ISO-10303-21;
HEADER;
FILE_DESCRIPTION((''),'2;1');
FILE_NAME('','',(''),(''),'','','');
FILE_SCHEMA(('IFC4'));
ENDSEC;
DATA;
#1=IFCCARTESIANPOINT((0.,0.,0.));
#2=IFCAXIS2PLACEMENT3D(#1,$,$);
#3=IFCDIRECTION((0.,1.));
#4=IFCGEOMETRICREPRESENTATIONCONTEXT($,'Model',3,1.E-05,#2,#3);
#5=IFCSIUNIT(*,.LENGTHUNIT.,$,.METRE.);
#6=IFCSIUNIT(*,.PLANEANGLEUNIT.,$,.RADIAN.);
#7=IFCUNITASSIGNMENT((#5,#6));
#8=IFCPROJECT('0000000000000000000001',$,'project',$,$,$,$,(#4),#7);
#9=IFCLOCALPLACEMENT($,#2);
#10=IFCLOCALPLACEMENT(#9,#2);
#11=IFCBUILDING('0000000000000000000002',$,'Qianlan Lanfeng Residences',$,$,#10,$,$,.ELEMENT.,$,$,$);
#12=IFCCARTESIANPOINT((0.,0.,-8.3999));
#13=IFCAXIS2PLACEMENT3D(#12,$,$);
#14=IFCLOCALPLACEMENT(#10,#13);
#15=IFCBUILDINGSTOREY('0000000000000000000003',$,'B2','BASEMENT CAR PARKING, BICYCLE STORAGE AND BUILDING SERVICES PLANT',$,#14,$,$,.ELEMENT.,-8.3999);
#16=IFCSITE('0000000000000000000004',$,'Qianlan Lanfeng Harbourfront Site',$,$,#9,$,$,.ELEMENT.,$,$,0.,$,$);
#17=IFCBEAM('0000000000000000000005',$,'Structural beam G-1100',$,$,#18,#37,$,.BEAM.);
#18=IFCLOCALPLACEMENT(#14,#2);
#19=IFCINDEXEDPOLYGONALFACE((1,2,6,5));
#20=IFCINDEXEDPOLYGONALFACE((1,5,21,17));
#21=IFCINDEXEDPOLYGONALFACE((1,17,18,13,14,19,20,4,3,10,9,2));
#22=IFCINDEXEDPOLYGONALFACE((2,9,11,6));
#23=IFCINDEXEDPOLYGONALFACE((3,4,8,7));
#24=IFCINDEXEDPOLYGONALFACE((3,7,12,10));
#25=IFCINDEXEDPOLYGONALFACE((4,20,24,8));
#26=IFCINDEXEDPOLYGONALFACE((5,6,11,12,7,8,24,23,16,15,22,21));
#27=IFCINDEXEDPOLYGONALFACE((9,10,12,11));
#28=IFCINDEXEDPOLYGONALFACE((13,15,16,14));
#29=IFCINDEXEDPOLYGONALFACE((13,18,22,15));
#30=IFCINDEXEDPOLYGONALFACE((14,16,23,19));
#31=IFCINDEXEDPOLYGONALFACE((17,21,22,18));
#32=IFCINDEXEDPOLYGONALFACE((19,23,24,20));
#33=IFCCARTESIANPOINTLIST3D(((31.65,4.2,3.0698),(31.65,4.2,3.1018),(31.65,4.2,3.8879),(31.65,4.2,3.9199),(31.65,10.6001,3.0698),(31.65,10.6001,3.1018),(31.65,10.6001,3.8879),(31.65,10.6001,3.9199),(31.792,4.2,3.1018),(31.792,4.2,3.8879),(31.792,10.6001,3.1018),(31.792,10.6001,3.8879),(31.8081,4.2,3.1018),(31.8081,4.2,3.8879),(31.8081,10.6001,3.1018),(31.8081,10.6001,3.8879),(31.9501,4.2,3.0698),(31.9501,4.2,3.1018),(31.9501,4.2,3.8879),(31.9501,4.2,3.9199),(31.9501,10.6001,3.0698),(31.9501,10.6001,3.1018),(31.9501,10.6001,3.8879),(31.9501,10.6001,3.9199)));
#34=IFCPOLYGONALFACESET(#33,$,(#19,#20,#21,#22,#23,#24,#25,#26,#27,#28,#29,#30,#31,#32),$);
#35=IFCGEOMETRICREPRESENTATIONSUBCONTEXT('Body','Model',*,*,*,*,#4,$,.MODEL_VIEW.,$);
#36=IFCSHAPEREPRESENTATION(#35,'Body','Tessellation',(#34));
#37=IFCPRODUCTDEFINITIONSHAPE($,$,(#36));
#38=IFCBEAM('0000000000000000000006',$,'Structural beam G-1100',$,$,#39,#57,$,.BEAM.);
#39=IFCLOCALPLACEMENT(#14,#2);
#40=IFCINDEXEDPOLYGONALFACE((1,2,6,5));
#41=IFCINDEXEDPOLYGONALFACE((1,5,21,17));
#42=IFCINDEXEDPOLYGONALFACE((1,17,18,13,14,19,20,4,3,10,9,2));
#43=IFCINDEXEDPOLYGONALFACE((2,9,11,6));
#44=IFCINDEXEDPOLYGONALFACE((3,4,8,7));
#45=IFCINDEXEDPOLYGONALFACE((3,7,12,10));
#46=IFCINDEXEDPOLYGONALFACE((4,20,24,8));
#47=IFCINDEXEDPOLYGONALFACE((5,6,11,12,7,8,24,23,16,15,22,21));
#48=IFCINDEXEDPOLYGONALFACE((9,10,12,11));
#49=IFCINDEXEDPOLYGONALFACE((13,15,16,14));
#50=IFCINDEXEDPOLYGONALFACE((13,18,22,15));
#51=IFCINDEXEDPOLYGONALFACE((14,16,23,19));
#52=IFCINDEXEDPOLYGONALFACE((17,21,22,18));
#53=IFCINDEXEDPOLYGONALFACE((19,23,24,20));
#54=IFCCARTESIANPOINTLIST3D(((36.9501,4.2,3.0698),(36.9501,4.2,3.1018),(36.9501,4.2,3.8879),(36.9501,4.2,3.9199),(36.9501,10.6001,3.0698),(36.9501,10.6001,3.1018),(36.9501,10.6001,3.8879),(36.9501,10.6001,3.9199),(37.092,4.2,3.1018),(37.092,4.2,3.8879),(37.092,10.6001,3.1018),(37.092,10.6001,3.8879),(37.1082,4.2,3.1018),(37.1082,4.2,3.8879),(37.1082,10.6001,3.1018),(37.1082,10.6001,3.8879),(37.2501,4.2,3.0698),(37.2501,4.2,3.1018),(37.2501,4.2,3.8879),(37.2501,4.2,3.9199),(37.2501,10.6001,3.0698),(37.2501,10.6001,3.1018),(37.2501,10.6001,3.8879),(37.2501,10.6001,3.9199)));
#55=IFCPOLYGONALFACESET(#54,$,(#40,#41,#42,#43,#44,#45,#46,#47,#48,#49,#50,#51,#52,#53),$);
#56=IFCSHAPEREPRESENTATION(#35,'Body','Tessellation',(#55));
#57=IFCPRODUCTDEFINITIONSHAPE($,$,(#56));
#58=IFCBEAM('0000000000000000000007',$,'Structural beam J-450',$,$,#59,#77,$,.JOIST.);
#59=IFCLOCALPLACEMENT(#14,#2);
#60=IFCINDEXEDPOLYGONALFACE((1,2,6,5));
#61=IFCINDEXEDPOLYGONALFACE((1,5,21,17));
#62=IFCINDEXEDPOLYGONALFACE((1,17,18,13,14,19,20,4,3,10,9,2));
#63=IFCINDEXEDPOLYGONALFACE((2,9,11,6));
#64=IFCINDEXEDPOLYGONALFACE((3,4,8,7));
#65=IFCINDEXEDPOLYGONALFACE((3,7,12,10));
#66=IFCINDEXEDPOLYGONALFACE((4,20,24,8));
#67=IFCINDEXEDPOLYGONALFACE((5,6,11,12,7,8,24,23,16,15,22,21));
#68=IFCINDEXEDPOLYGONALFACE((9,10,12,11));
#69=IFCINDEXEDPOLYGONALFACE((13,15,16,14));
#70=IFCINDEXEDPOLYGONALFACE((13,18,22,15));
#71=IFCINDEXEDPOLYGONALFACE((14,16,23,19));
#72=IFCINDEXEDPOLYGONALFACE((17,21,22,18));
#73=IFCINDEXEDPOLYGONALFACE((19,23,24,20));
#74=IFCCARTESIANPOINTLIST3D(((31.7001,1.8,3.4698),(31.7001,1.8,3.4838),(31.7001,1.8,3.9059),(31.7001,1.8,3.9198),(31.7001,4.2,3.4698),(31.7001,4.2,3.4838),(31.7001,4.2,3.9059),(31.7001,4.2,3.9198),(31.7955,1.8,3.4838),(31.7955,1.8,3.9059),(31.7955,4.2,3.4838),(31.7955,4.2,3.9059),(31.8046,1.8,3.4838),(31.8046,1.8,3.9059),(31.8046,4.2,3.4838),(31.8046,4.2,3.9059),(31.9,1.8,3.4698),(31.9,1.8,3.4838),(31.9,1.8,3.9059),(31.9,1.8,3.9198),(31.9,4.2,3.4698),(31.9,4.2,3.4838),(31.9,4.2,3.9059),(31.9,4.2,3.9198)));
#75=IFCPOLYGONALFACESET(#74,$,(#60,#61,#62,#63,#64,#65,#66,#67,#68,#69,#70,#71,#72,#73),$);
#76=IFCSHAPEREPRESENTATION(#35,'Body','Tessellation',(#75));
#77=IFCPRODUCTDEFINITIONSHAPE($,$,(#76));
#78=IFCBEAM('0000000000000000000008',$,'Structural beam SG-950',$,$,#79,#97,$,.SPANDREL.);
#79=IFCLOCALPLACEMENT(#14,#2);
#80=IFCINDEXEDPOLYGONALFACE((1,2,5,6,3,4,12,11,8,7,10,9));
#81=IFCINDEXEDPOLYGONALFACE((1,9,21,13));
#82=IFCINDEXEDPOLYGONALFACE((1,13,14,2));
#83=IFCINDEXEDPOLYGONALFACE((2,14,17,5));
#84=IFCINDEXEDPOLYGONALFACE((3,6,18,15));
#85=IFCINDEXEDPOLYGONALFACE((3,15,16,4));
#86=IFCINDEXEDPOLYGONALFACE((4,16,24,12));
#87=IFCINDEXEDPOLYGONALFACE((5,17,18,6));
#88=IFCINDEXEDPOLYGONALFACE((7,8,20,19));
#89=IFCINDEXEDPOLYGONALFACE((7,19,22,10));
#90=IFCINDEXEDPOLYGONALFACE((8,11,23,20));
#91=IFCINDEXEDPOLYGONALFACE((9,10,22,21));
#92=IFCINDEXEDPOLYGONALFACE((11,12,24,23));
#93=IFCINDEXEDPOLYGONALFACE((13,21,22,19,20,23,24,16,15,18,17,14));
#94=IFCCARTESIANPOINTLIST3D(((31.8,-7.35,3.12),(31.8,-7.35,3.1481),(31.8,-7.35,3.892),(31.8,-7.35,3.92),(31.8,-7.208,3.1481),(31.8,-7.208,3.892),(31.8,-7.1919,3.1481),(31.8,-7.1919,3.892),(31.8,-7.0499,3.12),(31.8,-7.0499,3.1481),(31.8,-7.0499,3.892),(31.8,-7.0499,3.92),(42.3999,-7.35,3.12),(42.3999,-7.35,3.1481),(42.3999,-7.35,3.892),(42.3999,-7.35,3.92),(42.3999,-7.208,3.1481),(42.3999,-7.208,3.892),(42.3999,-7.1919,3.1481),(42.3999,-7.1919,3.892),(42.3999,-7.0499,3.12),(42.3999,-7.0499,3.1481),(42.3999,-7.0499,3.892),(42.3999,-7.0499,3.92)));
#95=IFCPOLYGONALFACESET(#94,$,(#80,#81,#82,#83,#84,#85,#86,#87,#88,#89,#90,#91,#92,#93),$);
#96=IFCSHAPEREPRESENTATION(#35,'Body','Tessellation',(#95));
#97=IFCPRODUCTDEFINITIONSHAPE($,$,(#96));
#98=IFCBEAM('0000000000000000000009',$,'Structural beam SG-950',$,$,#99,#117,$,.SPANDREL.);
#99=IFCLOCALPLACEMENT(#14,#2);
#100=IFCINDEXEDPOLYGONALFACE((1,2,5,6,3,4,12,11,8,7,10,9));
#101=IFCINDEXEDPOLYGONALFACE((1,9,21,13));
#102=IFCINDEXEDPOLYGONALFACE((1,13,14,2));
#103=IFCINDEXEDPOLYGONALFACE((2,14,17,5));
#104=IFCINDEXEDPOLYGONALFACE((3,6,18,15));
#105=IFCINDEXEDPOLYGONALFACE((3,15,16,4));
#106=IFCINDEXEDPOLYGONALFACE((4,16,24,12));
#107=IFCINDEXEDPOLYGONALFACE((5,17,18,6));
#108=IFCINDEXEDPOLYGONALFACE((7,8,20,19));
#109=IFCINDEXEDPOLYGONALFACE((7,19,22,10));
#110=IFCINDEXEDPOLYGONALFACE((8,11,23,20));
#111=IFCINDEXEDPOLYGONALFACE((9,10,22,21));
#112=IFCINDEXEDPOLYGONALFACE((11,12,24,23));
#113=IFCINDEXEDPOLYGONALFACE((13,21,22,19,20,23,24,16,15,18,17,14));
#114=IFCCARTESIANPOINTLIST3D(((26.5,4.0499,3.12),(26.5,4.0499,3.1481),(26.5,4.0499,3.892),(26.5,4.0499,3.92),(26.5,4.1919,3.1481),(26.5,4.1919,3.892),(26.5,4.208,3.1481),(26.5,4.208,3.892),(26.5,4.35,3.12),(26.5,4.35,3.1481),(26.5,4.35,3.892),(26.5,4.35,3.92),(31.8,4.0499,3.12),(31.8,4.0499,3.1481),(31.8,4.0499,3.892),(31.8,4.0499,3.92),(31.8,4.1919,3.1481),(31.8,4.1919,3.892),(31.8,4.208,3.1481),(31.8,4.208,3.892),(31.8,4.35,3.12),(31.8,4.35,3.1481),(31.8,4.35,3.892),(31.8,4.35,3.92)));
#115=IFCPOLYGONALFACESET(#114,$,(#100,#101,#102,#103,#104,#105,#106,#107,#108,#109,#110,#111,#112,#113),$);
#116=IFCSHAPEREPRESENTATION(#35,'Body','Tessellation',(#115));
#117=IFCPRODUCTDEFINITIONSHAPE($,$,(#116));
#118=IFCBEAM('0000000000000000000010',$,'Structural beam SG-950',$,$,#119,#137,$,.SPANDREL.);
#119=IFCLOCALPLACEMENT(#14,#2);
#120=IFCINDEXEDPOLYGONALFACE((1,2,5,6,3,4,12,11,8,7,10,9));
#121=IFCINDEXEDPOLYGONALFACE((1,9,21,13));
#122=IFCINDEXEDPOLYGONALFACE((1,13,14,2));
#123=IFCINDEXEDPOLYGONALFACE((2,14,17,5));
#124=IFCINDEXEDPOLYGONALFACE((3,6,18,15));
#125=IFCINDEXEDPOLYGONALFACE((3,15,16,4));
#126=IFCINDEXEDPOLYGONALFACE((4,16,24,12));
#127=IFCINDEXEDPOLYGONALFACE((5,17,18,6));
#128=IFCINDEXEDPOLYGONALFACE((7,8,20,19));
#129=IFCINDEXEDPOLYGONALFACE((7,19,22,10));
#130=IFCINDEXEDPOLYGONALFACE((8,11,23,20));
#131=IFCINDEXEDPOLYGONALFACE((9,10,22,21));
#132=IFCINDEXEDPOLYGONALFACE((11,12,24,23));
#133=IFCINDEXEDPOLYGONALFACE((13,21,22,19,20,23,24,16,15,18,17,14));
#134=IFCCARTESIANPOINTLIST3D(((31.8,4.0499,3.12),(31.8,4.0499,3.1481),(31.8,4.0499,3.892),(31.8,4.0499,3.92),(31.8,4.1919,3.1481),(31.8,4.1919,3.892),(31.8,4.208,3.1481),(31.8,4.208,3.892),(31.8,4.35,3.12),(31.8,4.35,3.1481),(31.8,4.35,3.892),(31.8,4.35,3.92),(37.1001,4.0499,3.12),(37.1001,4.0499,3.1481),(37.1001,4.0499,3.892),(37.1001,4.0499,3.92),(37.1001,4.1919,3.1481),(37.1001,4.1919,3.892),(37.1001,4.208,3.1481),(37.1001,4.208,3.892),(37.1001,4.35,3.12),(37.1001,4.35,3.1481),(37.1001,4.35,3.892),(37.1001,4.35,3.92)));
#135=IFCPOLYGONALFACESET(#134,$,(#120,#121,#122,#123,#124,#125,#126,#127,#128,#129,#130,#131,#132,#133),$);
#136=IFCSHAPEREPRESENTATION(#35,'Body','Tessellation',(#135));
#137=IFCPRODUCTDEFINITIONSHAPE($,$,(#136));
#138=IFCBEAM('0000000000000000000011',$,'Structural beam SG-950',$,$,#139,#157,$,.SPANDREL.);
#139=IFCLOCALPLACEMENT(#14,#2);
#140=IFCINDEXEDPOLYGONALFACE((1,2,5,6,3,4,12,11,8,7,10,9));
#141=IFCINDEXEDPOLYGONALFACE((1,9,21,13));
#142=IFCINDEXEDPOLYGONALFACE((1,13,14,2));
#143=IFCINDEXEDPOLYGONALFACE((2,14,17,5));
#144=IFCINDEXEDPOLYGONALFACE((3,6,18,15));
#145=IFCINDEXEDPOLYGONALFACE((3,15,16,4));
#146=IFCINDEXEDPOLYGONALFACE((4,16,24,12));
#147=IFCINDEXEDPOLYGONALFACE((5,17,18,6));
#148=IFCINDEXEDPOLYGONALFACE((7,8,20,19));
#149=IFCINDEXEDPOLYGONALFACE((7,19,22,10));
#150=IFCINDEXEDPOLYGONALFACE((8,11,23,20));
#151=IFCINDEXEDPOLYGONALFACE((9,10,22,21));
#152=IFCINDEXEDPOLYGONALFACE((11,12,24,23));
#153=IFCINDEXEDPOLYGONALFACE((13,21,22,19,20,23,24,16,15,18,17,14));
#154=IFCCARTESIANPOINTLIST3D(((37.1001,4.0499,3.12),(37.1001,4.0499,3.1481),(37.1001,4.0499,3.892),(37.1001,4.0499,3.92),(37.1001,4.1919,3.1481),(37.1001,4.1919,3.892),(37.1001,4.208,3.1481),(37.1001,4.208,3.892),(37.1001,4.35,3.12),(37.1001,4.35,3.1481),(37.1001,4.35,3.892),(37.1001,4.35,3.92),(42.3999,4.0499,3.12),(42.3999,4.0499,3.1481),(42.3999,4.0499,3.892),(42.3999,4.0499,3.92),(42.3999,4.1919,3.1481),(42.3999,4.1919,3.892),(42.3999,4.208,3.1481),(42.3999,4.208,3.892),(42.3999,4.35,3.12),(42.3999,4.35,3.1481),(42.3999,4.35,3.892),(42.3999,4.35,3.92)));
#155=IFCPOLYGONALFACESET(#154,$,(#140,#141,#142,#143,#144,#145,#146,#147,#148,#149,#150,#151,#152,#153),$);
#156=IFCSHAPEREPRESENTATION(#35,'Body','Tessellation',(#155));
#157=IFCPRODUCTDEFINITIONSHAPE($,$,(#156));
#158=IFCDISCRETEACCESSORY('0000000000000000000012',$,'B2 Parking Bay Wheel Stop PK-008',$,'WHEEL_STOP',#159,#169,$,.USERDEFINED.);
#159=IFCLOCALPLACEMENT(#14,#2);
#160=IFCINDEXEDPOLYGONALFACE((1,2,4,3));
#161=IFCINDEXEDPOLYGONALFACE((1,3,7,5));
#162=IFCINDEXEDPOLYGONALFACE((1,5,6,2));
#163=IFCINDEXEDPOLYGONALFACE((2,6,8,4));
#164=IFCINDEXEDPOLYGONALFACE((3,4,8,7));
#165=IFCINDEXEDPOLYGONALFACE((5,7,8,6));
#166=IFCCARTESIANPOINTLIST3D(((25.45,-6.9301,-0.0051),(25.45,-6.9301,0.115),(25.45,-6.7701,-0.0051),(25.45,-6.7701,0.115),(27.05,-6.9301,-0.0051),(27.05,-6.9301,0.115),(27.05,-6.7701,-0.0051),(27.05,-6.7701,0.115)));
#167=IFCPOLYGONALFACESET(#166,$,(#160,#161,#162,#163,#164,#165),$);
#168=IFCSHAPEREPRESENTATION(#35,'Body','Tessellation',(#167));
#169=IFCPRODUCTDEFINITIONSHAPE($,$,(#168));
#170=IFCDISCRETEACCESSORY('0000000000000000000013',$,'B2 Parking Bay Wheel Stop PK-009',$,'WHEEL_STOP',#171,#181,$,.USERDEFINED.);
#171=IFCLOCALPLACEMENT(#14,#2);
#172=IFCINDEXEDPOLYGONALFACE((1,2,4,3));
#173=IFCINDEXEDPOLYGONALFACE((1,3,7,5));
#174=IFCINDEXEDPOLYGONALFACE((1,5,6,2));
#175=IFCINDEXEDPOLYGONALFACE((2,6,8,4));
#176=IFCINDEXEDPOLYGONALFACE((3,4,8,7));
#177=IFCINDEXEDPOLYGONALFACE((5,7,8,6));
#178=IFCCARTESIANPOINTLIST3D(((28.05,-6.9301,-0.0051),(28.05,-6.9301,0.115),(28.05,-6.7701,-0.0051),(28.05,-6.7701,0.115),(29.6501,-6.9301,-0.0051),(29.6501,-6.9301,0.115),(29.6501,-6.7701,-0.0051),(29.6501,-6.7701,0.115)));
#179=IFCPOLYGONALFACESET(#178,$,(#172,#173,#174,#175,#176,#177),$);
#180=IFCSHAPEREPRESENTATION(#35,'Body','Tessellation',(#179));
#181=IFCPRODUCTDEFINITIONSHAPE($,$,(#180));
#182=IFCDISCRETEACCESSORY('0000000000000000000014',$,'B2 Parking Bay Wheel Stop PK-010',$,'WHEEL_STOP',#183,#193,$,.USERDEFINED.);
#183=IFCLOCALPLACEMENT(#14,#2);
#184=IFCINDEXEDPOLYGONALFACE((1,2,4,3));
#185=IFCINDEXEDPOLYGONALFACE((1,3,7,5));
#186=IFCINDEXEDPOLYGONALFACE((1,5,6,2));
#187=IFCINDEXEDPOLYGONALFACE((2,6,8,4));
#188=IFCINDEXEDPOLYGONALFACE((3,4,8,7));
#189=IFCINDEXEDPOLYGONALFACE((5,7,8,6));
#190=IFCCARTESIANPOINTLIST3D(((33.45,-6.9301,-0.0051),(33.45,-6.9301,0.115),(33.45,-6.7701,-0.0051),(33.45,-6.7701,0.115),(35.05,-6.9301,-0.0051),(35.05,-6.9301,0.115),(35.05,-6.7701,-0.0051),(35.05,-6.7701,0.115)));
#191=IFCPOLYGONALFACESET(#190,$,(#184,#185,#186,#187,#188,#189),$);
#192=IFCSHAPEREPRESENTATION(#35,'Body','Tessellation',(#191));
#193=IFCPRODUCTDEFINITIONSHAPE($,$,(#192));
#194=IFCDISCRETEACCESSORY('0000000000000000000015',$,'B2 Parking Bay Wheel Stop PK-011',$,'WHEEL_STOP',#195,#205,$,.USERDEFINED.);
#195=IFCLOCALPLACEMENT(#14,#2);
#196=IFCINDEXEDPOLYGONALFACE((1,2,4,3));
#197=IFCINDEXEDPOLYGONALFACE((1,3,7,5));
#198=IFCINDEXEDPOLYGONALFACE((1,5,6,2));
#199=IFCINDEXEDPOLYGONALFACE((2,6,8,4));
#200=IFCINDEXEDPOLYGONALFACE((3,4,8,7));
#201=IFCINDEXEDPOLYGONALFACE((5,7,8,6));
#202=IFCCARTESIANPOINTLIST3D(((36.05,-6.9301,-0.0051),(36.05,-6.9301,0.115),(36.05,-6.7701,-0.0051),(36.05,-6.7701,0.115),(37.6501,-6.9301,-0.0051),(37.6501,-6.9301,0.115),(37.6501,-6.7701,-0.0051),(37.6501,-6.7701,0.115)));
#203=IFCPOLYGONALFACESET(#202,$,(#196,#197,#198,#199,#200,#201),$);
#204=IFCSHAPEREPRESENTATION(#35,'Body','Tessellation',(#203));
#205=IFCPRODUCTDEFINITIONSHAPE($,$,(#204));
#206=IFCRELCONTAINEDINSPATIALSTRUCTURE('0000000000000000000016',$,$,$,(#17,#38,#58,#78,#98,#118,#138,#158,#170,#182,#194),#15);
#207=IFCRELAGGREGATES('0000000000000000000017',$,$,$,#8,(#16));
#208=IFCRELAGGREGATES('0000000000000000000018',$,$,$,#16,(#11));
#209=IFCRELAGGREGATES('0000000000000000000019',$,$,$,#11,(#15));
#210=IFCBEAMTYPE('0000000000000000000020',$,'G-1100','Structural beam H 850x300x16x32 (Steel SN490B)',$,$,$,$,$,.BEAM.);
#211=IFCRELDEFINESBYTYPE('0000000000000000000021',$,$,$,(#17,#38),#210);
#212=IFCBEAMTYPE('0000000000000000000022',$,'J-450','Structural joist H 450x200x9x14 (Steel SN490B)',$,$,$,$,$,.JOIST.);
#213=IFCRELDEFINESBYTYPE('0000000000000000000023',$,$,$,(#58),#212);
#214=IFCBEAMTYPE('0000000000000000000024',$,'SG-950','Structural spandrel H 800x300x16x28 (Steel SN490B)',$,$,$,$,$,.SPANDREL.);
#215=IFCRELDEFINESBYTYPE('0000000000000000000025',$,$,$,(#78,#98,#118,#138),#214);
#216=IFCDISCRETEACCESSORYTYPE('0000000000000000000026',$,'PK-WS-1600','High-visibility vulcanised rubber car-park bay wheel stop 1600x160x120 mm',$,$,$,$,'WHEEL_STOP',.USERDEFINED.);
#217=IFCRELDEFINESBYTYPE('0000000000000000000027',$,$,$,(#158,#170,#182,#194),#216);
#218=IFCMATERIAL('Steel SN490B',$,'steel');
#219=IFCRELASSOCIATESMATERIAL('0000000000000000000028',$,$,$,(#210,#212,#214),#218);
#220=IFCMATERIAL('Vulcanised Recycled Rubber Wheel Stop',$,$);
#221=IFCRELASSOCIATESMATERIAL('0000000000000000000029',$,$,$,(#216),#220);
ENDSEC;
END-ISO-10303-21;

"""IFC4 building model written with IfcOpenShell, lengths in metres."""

from ifc_helpers import new_model, si_unit, direction, frame, origin, origin_2d, place, context, subcontext, project, spatial, rectangle, i_section, extrude, source, transform, mapped, material, material_profile, profile_set, type_object, element, save


model = new_model("IFC4")

# Units and contexts
model_context = context("Model", 3, precision=1e-05, world=origin(), true_north=direction((0.0, 1.0)))
body_context = subcontext(model_context, "Body", "Model", "MODEL_VIEW")
ifc_project = project(units=[si_unit("LENGTHUNIT", "METRE"), si_unit("PLANEANGLEUNIT", "RADIAN")], contexts=[model_context])

# Site, building, storey
site_placement = place(None, origin())
site = spatial("IfcSite", under=ifc_project, at=site_placement, Name="Qianlan Lanfeng Harbourfront Site", CompositionType="ELEMENT", RefElevation=0.0)
building_placement = place(site_placement, origin())
building = spatial("IfcBuilding", under=site, at=building_placement, Name="Qianlan Lanfeng Residences", CompositionType="ELEMENT")
storey_placement = place(building_placement, frame((0.0, 0.0, -8.3999)))
storey = spatial("IfcBuildingStorey", under=building, at=storey_placement, Name="B2", Description="BASEMENT CAR PARKING, BICYCLE STORAGE AND BUILDING SERVICES PLANT", CompositionType="ELEMENT", Elevation=-8.3999)

# Beams
ifc_material_1 = material(Name="Steel SN490B", Category="steel")
ifc_material_profile_1 = material_profile(ifc_material_1, i_section(OverallWidth=0.3, OverallDepth=0.8501, WebThickness=0.0161, FlangeThickness=0.032, at=origin_2d()), Name="H 850x300x16x32")
ifc_profile_set_1 = profile_set([ifc_material_profile_1], Name="Steel SN490B")
beam_type_1 = type_object("IfcBeamType", Name="G-1100", Description="Structural beam H 850x300x16x32 (Steel SN490B)", PredefinedType="BEAM", material=ifc_profile_set_1)
for number, where, z_axis, x_axis, name in (
    (1, (31.8, 4.2, 3.4949), (0.0, 1.0, 0.0), (-1.0, 0.0, 0.0), "Structural beam G-1100"),
    (2, (37.1001, 4.2, 3.4949), (0.0, 1.0, 0.0), (-1.0, 0.0, 0.0), "Structural beam G-1100"),
):
    element("IfcBeam", number, at=place(storey_placement, frame(where, z_axis=z_axis, x_axis=x_axis)), inside=storey, type_object=beam_type_1, Name=name, PredefinedType="BEAM", context=body_context, shape_type="SweptSolid", body=[
        extrude(i_section(OverallWidth=0.3, OverallDepth=0.8501, WebThickness=0.0161, FlangeThickness=0.032, at=origin_2d()), origin(), (0.0, 0.0, 1.0), 6.4001),
    ])
ifc_material_profile_2 = material_profile(ifc_material_1, i_section(OverallWidth=0.2, OverallDepth=0.45, WebThickness=0.009, FlangeThickness=0.0139, at=origin_2d()), Name="H 450x200x9x14")
ifc_profile_set_2 = profile_set([ifc_material_profile_2], Name="Steel SN490B")
beam_type_2 = type_object("IfcBeamType", Name="J-450", Description="Structural joist H 450x200x9x14 (Steel SN490B)", PredefinedType="JOIST", material=ifc_profile_set_2)
beam_1_placement = place(storey_placement, frame((31.8, 1.8, 3.6948), z_axis=(0.0, 1.0, 0.0), x_axis=(-1.0, 0.0, 0.0)))
element("IfcBeam", 3, at=beam_1_placement, inside=storey, type_object=beam_type_2, Name="Structural beam J-450", PredefinedType="JOIST", context=body_context, shape_type="SweptSolid", body=[
    extrude(i_section(OverallWidth=0.2, OverallDepth=0.45, WebThickness=0.009, FlangeThickness=0.0139, at=origin_2d()), origin(), (0.0, 0.0, 1.0), 2.3999),
])
ifc_material_profile_3 = material_profile(ifc_material_1, i_section(OverallWidth=0.3, OverallDepth=0.8, WebThickness=0.0161, FlangeThickness=0.0281, at=origin_2d()), Name="H 800x300x16x28")
ifc_profile_set_3 = profile_set([ifc_material_profile_3], Name="Steel SN490B")
beam_type_3 = type_object("IfcBeamType", Name="SG-950", Description="Structural spandrel H 800x300x16x28 (Steel SN490B)", PredefinedType="SPANDREL", material=ifc_profile_set_3)
beam_2_placement = place(storey_placement, frame((31.8, -7.2, 3.52), z_axis=(1.0, 0.0, 0.0), x_axis=(0.0, 1.0, 0.0)))
element("IfcBeam", 4, at=beam_2_placement, inside=storey, type_object=beam_type_3, Name="Structural beam SG-950", PredefinedType="SPANDREL", context=body_context, shape_type="SweptSolid", body=[
    extrude(i_section(OverallWidth=0.3, OverallDepth=0.8, WebThickness=0.0161, FlangeThickness=0.0281, at=origin_2d()), origin(), (0.0, 0.0, 1.0), 10.5999),
])
for number, where, z_axis, x_axis, name in (
    (5, (26.5, 4.2, 3.52), (1.0, 0.0, 0.0), (0.0, 1.0, 0.0), "Structural beam SG-950"),
    (6, (31.8, 4.2, 3.52), (1.0, 0.0, 0.0), (0.0, 1.0, 0.0), "Structural beam SG-950"),
):
    element("IfcBeam", number, at=place(storey_placement, frame(where, z_axis=z_axis, x_axis=x_axis)), inside=storey, type_object=beam_type_3, Name=name, PredefinedType="SPANDREL", context=body_context, shape_type="SweptSolid", body=[
        extrude(i_section(OverallWidth=0.3, OverallDepth=0.8, WebThickness=0.0161, FlangeThickness=0.0281, at=origin_2d()), origin(), (0.0, 0.0, 1.0), 5.3),
    ])
beam_3_placement = place(storey_placement, frame((37.1001, 4.2, 3.52), z_axis=(1.0, 0.0, 0.0), x_axis=(0.0, 1.0, 0.0)))
element("IfcBeam", 7, at=beam_3_placement, inside=storey, type_object=beam_type_3, Name="Structural beam SG-950", PredefinedType="SPANDREL", context=body_context, shape_type="SweptSolid", body=[
    extrude(i_section(OverallWidth=0.3, OverallDepth=0.8, WebThickness=0.0161, FlangeThickness=0.0281, at=origin_2d()), origin(), (0.0, 0.0, 1.0), 5.2998),
])

# Discrete accessories
ifc_material_2 = material(Name="Vulcanised Recycled Rubber Wheel Stop")
discrete_accessory_type = type_object("IfcDiscreteAccessoryType", Name="PK-WS-1600", Description="High-visibility vulcanised rubber car-park bay wheel stop 1600x160x120 mm", ElementType="WHEEL_STOP", PredefinedType="USERDEFINED", material=ifc_material_2)
shared_shape = source(origin(), body_context, "Body", "SweptSolid", [
    extrude(rectangle(XDim=1.6001, YDim=0.1599, at=origin_2d()), origin(), (0.0, 0.0, 1.0), 0.1201),
])
for number, where, z_axis, x_axis, name in (
    (8, (26.25, -6.8501, -0.0051), (0.0, 0.0, 1.0), (1.0, 0.0, 0.0), "B2 Parking Bay Wheel Stop PK-008"),
    (9, (28.8501, -6.8501, -0.0051), (0.0, 0.0, 1.0), (1.0, 0.0, 0.0), "B2 Parking Bay Wheel Stop PK-009"),
    (10, (34.25, -6.8501, -0.0051), (0.0, 0.0, 1.0), (1.0, 0.0, 0.0), "B2 Parking Bay Wheel Stop PK-010"),
    (11, (36.8501, -6.8501, -0.0051), (0.0, 0.0, 1.0), (1.0, 0.0, 0.0), "B2 Parking Bay Wheel Stop PK-011"),
):
    element("IfcDiscreteAccessory", number, at=place(storey_placement, frame(where, z_axis=z_axis, x_axis=x_axis)), inside=storey, type_object=discrete_accessory_type, Name=name, ObjectType="WHEEL_STOP", PredefinedType="USERDEFINED", context=body_context, shape_type="MappedRepresentation", body=[
        mapped(shared_shape, transform((0.0, 0.0, 0.0), scale=1.0)),
    ])

save(model, "model.ifc")
